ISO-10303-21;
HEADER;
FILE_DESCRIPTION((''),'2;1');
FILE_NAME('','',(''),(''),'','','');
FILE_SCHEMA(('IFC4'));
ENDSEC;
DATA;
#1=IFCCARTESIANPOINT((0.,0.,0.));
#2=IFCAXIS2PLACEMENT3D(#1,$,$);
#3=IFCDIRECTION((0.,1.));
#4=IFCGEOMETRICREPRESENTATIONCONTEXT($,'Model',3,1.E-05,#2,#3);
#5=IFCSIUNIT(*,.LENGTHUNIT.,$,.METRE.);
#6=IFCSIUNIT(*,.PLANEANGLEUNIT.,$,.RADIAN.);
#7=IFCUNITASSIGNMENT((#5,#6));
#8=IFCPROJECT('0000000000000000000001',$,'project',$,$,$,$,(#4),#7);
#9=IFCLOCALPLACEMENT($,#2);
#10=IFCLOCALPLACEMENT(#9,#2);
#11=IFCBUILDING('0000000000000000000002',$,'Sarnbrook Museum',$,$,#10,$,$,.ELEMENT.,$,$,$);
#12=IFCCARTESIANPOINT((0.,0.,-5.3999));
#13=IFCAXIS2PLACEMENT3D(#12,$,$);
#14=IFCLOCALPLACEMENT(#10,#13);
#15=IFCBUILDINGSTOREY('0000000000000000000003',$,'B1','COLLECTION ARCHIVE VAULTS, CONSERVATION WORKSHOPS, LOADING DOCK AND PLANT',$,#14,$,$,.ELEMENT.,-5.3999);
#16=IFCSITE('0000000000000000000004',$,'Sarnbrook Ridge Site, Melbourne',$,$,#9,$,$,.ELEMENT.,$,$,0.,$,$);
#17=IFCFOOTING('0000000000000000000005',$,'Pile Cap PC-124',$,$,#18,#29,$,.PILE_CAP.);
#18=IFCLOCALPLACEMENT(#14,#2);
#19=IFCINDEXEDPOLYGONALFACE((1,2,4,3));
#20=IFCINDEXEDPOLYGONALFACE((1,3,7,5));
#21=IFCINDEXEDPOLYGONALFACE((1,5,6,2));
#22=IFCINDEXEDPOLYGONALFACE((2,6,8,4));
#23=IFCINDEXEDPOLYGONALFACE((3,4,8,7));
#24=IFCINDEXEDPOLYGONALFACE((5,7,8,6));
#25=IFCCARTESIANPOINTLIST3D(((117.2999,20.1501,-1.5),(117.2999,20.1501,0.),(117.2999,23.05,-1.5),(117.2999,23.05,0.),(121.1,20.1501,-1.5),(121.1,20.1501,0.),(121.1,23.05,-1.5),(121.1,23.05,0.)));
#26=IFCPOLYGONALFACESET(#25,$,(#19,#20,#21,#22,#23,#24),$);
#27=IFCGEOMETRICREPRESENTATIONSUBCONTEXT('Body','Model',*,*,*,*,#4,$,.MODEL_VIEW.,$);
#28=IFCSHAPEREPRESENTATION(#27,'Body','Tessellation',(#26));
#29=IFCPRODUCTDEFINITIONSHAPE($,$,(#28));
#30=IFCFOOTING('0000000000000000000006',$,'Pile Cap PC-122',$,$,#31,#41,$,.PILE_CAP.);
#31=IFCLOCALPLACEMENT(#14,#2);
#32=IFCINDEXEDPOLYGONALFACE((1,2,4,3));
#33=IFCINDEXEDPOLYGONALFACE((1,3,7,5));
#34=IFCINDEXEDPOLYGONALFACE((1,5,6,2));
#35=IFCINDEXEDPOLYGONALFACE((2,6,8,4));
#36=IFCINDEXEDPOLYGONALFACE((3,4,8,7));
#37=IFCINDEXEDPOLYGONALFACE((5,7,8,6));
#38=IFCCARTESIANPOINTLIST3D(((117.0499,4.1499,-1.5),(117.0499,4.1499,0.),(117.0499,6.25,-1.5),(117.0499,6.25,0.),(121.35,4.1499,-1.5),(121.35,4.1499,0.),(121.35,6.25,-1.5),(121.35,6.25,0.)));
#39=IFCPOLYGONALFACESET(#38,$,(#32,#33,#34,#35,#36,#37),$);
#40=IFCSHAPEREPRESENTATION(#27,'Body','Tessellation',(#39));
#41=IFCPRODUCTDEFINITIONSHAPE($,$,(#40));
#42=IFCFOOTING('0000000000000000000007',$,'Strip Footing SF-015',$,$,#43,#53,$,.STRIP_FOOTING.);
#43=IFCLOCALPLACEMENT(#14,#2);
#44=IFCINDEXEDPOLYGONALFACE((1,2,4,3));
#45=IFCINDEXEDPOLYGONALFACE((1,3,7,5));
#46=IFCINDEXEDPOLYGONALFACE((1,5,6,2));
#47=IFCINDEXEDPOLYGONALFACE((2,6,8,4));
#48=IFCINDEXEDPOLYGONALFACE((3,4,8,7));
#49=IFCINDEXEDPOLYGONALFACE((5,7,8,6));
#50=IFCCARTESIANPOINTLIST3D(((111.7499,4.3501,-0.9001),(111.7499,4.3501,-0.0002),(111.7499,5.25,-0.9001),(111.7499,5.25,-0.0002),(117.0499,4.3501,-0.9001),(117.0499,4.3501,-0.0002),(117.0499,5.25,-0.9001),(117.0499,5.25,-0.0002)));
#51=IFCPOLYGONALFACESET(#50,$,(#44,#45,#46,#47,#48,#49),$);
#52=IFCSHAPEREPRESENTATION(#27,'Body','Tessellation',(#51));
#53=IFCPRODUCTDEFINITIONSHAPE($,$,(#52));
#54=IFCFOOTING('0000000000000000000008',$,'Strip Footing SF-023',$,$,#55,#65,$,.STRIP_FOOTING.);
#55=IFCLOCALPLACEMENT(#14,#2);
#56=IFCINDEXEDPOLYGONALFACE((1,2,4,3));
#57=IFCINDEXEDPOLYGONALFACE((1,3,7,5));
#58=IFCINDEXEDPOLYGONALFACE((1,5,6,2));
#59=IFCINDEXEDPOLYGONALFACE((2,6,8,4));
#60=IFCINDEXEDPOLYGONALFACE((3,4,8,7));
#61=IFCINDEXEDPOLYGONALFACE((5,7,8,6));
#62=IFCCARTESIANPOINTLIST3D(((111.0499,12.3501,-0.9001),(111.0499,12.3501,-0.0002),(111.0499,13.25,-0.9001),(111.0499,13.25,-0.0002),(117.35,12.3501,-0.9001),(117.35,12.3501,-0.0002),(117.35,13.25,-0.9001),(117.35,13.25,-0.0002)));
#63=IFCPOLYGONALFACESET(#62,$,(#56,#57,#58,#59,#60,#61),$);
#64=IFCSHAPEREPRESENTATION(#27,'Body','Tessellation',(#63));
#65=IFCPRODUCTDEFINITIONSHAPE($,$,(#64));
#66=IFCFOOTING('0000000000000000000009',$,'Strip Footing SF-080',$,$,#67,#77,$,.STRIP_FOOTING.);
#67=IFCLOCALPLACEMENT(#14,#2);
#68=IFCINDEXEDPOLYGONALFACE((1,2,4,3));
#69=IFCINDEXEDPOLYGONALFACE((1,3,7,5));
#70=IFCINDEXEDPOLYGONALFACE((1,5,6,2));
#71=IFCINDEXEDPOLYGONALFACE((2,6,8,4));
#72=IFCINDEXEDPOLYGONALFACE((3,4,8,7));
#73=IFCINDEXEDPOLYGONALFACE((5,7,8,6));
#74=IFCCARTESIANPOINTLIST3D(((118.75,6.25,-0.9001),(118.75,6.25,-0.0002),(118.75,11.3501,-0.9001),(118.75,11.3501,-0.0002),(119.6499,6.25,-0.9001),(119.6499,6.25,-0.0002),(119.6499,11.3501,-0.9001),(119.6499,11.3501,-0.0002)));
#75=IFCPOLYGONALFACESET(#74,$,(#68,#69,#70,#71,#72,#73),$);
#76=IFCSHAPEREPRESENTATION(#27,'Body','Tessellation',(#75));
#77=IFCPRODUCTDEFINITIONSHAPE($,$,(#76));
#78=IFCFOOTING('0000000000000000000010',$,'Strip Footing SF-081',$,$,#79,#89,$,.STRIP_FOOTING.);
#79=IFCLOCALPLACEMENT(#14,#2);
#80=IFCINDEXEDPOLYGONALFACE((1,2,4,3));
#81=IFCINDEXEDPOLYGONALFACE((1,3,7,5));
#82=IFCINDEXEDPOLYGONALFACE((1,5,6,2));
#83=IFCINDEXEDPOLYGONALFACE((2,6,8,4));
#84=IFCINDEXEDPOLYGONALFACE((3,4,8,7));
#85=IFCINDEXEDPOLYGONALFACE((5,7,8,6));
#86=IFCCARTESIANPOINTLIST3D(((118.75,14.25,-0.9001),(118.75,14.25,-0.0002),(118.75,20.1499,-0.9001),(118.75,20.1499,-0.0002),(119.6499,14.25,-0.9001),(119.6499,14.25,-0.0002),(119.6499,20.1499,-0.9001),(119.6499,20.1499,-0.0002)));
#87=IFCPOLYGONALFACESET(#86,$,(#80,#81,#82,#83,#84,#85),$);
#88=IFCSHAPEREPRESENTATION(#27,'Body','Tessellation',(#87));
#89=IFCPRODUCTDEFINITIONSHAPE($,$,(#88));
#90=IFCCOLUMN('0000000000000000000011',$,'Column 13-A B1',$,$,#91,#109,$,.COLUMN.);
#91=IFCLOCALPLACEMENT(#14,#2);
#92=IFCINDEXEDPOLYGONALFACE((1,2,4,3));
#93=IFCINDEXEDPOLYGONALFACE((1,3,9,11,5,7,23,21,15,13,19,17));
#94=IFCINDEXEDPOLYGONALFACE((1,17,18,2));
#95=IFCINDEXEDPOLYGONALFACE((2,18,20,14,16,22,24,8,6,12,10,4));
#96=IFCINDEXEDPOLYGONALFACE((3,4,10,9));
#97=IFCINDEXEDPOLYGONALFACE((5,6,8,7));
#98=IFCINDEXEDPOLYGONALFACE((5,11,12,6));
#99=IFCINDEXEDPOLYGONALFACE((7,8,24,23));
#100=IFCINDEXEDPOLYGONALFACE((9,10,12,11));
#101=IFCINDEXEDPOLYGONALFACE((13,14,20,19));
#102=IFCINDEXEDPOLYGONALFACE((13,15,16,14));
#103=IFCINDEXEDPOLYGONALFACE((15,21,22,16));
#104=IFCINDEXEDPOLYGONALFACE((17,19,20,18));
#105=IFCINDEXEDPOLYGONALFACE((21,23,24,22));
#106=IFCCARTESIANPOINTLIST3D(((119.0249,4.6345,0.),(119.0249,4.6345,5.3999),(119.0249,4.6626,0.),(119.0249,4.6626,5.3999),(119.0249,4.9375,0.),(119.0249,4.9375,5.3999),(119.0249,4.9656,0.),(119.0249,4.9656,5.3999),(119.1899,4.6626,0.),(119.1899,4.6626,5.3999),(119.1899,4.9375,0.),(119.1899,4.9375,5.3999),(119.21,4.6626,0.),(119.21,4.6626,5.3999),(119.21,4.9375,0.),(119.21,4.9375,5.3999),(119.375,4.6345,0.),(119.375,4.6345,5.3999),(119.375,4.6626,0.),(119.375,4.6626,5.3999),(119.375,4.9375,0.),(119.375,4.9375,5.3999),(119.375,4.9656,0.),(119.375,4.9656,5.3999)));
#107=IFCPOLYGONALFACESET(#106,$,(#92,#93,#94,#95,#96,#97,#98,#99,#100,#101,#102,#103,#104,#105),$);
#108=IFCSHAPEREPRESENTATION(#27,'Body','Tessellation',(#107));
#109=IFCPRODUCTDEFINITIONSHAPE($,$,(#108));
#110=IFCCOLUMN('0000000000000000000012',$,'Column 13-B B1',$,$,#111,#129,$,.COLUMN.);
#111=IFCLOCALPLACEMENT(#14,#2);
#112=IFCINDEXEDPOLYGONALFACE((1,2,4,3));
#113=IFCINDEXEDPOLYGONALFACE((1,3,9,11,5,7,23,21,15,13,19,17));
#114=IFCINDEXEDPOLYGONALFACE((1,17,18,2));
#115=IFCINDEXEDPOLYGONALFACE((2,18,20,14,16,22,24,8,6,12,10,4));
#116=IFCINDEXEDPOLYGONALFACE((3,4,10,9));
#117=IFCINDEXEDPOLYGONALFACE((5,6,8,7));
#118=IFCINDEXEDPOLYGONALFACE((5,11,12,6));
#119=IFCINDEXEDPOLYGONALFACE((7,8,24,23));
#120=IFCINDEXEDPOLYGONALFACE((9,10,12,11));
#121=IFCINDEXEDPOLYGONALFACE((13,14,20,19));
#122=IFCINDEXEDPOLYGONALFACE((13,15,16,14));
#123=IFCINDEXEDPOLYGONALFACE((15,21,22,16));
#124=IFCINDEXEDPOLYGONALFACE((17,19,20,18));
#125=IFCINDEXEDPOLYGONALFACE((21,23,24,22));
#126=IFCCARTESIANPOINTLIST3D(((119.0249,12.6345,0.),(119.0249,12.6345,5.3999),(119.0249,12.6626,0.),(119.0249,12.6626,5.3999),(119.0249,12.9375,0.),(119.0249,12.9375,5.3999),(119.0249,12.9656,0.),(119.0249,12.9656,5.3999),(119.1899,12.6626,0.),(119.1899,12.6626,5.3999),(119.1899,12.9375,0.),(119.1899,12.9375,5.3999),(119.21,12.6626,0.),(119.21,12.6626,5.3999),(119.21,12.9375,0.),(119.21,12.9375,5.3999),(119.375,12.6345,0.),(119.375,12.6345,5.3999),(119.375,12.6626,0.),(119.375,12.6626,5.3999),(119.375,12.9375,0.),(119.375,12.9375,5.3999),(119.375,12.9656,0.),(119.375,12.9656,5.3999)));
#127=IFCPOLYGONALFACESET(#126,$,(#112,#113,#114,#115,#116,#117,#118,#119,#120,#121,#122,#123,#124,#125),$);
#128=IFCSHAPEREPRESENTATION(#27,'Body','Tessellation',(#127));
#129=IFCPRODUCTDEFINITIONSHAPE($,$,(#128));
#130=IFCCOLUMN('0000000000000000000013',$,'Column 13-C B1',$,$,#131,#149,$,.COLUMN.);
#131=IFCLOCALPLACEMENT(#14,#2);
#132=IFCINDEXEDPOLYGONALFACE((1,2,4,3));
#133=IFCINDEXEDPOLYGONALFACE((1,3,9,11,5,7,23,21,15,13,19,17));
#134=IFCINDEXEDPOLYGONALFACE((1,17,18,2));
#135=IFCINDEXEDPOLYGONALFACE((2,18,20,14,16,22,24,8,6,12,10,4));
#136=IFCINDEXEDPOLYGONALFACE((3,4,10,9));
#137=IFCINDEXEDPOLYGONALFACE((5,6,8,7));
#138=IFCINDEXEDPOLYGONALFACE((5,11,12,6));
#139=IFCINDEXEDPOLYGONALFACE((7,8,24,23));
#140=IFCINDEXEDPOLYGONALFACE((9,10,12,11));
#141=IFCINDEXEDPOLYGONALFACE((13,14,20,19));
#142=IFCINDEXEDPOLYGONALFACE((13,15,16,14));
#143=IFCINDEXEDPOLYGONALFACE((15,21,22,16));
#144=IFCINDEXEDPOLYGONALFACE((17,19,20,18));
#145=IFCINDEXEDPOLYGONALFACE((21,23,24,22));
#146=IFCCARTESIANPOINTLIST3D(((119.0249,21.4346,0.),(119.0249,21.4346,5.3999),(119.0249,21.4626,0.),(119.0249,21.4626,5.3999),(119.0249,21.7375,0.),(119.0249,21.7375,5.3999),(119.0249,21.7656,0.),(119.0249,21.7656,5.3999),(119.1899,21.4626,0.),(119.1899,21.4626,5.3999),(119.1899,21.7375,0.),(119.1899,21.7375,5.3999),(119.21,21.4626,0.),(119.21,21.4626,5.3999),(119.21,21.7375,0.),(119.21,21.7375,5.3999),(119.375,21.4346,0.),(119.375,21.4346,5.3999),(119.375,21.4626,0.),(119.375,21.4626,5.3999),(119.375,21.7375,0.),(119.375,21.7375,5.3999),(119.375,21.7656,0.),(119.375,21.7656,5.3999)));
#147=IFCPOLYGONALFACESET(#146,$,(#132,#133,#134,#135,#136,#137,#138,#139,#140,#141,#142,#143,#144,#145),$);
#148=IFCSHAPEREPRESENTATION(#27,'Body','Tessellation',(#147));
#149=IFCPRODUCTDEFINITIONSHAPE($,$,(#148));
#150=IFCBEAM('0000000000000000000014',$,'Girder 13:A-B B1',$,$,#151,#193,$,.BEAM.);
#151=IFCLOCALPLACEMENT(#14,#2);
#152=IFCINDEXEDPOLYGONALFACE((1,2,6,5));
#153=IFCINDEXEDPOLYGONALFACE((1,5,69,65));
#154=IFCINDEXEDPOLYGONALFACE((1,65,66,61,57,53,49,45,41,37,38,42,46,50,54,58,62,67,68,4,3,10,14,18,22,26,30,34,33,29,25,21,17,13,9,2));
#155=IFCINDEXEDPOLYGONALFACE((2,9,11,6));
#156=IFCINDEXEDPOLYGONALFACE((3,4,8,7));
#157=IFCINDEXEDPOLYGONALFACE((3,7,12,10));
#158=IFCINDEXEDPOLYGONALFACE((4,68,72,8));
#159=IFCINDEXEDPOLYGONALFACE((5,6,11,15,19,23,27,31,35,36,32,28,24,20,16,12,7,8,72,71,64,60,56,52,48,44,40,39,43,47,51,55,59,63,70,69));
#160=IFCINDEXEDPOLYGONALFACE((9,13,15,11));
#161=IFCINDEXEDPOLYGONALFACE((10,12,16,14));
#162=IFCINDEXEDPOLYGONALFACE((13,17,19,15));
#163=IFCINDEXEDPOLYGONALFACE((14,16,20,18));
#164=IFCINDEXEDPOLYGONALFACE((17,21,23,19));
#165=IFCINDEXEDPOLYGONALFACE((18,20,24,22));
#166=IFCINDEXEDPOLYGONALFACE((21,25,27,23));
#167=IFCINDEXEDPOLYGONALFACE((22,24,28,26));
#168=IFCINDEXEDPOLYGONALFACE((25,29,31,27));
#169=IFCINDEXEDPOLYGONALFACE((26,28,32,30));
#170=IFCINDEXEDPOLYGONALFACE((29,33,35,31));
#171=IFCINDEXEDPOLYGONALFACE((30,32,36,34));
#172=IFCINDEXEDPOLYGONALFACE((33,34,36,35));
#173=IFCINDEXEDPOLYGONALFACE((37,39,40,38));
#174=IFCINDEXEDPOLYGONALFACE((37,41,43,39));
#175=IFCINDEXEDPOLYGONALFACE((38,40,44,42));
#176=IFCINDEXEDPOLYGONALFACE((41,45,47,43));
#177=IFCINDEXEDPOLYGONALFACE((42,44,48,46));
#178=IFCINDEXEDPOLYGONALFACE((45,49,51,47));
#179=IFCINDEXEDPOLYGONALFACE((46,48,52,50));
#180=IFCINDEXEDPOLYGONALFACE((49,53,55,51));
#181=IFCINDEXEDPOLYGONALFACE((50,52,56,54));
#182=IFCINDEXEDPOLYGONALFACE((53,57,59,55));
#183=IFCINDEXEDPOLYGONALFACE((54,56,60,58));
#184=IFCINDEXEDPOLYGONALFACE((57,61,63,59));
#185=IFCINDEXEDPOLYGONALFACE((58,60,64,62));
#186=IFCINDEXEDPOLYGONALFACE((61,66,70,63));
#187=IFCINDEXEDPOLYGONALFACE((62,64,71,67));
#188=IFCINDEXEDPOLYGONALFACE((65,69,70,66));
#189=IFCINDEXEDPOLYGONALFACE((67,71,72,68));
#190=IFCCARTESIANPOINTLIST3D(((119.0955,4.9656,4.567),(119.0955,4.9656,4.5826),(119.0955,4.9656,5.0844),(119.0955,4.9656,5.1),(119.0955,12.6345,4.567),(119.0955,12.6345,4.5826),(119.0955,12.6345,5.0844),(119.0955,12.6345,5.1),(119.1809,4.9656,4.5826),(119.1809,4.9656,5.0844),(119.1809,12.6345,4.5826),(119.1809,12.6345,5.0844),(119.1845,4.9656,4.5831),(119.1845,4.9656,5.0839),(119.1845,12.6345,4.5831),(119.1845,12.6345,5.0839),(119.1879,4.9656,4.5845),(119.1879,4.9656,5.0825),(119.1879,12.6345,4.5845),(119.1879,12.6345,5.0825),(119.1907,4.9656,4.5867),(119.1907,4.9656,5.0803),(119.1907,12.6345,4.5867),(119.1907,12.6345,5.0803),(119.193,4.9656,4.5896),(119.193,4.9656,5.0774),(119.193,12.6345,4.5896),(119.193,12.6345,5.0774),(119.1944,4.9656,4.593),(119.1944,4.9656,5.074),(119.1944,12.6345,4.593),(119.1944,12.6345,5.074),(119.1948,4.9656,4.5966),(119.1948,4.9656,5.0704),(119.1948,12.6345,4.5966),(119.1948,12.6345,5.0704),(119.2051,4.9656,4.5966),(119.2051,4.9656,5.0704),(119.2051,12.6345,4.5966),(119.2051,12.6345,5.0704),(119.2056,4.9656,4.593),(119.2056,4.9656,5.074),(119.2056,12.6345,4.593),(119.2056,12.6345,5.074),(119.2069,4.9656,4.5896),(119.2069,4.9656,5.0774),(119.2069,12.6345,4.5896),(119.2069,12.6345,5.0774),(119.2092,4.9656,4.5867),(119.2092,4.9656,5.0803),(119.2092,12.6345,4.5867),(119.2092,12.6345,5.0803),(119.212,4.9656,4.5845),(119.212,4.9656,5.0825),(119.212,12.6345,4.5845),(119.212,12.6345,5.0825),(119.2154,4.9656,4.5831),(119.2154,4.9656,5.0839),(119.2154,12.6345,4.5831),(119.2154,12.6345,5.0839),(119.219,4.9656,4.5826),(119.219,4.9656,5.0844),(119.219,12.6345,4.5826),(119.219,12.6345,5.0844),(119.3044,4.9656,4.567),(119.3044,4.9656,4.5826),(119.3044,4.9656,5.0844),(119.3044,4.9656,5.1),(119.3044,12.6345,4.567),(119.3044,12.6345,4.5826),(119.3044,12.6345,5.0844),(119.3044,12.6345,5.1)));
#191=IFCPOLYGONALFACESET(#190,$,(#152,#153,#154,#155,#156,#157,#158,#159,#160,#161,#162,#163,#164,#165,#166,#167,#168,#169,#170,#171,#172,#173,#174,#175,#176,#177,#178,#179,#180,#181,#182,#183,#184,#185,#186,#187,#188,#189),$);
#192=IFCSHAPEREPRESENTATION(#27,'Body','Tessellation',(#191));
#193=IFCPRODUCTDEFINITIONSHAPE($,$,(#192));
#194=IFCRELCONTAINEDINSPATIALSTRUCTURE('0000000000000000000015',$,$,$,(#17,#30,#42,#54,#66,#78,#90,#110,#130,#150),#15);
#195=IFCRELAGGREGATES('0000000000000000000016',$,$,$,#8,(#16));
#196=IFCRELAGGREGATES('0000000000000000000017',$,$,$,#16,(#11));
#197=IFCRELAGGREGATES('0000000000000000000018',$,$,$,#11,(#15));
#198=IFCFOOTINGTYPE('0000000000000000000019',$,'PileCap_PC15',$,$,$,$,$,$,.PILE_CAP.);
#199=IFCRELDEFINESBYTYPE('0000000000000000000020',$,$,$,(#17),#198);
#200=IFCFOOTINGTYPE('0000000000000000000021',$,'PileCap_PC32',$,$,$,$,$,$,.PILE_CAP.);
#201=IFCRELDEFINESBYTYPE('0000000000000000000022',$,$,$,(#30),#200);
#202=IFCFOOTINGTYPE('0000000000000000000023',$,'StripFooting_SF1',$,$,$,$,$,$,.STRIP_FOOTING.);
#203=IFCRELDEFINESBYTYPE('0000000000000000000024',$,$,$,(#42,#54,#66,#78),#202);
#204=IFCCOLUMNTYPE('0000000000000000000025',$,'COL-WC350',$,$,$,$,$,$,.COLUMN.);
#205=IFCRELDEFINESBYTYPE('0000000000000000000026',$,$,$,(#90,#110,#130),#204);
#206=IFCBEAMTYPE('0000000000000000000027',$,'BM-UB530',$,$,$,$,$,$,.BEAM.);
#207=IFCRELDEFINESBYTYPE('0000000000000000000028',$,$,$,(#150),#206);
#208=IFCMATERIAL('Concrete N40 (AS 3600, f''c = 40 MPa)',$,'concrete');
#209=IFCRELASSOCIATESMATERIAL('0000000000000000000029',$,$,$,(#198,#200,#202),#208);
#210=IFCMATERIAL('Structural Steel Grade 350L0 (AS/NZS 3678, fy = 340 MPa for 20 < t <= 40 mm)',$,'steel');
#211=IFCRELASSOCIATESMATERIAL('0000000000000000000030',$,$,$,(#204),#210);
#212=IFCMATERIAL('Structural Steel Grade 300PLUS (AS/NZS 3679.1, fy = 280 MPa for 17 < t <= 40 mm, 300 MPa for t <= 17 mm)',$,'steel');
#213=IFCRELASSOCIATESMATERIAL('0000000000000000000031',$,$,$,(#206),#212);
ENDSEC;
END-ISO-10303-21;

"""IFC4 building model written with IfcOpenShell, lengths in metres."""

from ifc_helpers import new_model, si_unit, direction, frame, origin, origin_2d, place, context, subcontext, project, spatial, rectangle, i_section, extrude, material, material_profile, profile_set, type_object, element, save


model = new_model("IFC4")

# Units and contexts
model_context = context("Model", 3, precision=1e-05, world=origin(), true_north=direction((0.0, 1.0)))
body_context = subcontext(model_context, "Body", "Model", "MODEL_VIEW")
ifc_project = project(units=[si_unit("LENGTHUNIT", "METRE"), si_unit("PLANEANGLEUNIT", "RADIAN")], contexts=[model_context])

# Site, building, storey
site_placement = place(None, origin())
site = spatial("IfcSite", under=ifc_project, at=site_placement, Name="Sarnbrook Ridge Site, Melbourne", CompositionType="ELEMENT", RefElevation=0.0)
building_placement = place(site_placement, origin())
building = spatial("IfcBuilding", under=site, at=building_placement, Name="Sarnbrook Museum", CompositionType="ELEMENT")
storey_placement = place(building_placement, frame((0.0, 0.0, -5.3999)))
storey = spatial("IfcBuildingStorey", under=building, at=storey_placement, Name="B1", Description="COLLECTION ARCHIVE VAULTS, CONSERVATION WORKSHOPS, LOADING DOCK AND PLANT", CompositionType="ELEMENT", Elevation=-5.3999)

# Footings
ifc_material_1 = material(Name="Concrete N40 (AS 3600, f'c = 40 MPa)", Category="concrete")
footing_type_1 = type_object("IfcFootingType", Name="PileCap_PC15", PredefinedType="PILE_CAP", material=ifc_material_1)
footing_1_placement = place(storey_placement, frame((119.2, 21.6001, -1.5), z_axis=(0.0, 0.0, 1.0), x_axis=(1.0, 0.0, 0.0)))
element("IfcFooting", 1, at=footing_1_placement, inside=storey, type_object=footing_type_1, Name="Pile Cap PC-124", PredefinedType="PILE_CAP", context=body_context, shape_type="SweptSolid", body=[
    extrude(rectangle(XDim=3.8, YDim=2.8999, at=origin_2d()), origin(), (0.0, 0.0, 1.0), 1.5),
])
footing_type_2 = type_object("IfcFootingType", Name="PileCap_PC32", PredefinedType="PILE_CAP", material=ifc_material_1)
footing_2_placement = place(storey_placement, frame((119.2, 5.2, -1.5), z_axis=(0.0, 0.0, 1.0), x_axis=(1.0, 0.0, 0.0)))
element("IfcFooting", 2, at=footing_2_placement, inside=storey, type_object=footing_type_2, Name="Pile Cap PC-122", PredefinedType="PILE_CAP", context=body_context, shape_type="SweptSolid", body=[
    extrude(rectangle(XDim=4.3, YDim=2.1001, at=origin_2d()), origin(), (0.0, 0.0, 1.0), 1.5),
])
footing_type_3 = type_object("IfcFootingType", Name="StripFooting_SF1", PredefinedType="STRIP_FOOTING", material=ifc_material_1)
footing_3_placement = place(storey_placement, frame((114.3999, 4.8, -0.9001), z_axis=(0.0, 0.0, 1.0), x_axis=(1.0, 0.0, 0.0)))
element("IfcFooting", 3, at=footing_3_placement, inside=storey, type_object=footing_type_3, Name="Strip Footing SF-015", PredefinedType="STRIP_FOOTING", context=body_context, shape_type="SweptSolid", body=[
    extrude(rectangle(XDim=5.3, YDim=0.8999, at=origin_2d()), origin(), (0.0, 0.0, 1.0), 0.8999),
])
footing_4_placement = place(storey_placement, frame((114.2, 12.8, -0.9001), z_axis=(0.0, 0.0, 1.0), x_axis=(1.0, 0.0, 0.0)))
element("IfcFooting", 4, at=footing_4_placement, inside=storey, type_object=footing_type_3, Name="Strip Footing SF-023", PredefinedType="STRIP_FOOTING", context=body_context, shape_type="SweptSolid", body=[
    extrude(rectangle(XDim=6.3, YDim=0.8999, at=origin_2d()), origin(), (0.0, 0.0, 1.0), 0.8999),
])
footing_5_placement = place(storey_placement, frame((119.2, 8.8, -0.9001), z_axis=(0.0, 0.0, 1.0), x_axis=(1.0, 0.0, 0.0)))
element("IfcFooting", 5, at=footing_5_placement, inside=storey, type_object=footing_type_3, Name="Strip Footing SF-080", PredefinedType="STRIP_FOOTING", context=body_context, shape_type="SweptSolid", body=[
    extrude(rectangle(XDim=0.8999, YDim=5.1001, at=origin_2d()), origin(), (0.0, 0.0, 1.0), 0.8999),
])
footing_6_placement = place(storey_placement, frame((119.2, 17.2, -0.9001), z_axis=(0.0, 0.0, 1.0), x_axis=(1.0, 0.0, 0.0)))
element("IfcFooting", 6, at=footing_6_placement, inside=storey, type_object=footing_type_3, Name="Strip Footing SF-081", PredefinedType="STRIP_FOOTING", context=body_context, shape_type="SweptSolid", body=[
    extrude(rectangle(XDim=0.8999, YDim=5.8999, at=origin_2d()), origin(), (0.0, 0.0, 1.0), 0.8999),
])

# Columns
ifc_material_2 = material(Name="Structural Steel Grade 350L0 (AS/NZS 3678, fy = 340 MPa for 20 < t <= 40 mm)", Category="steel")
ifc_material_profile_1 = material_profile(ifc_material_2, i_section(OverallWidth=0.3501, OverallDepth=0.3311, WebThickness=0.02, FlangeThickness=0.0281, at=origin_2d()), Name="350WC197")
ifc_profile_set_1 = profile_set([ifc_material_profile_1], Name="Structural Steel Grade 350L0 (AS/NZS 3678, fy = 340 MPa for 20 < t <= 40 mm)")
column_type = type_object("IfcColumnType", Name="COL-WC350", PredefinedType="COLUMN", material=ifc_profile_set_1)
for number, where, z_axis, x_axis, name in (
    (7, (119.2, 4.8, 0.0), (0.0, 0.0, 1.0), (1.0, 0.0, 0.0), "Column 13-A B1"),
    (8, (119.2, 12.8, 0.0), (0.0, 0.0, 1.0), (1.0, 0.0, 0.0), "Column 13-B B1"),
    (9, (119.2, 21.6001, 0.0), (0.0, 0.0, 1.0), (1.0, 0.0, 0.0), "Column 13-C B1"),
):
    element("IfcColumn", number, at=place(storey_placement, frame(where, z_axis=z_axis, x_axis=x_axis)), inside=storey, type_object=column_type, Name=name, PredefinedType="COLUMN", context=body_context, shape_type="SweptSolid", body=[
        extrude(i_section(OverallWidth=0.3501, OverallDepth=0.3311, WebThickness=0.02, FlangeThickness=0.0281, at=origin_2d()), origin(), (0.0, 0.0, 1.0), 5.3999),
    ])

# Beam
ifc_material_3 = material(Name="Structural Steel Grade 300PLUS (AS/NZS 3679.1, fy = 280 MPa for 17 < t <= 40 mm, 300 MPa for t <= 17 mm)", Category="steel")
ifc_material_profile_2 = material_profile(ifc_material_3, i_section(OverallWidth=0.209, OverallDepth=0.533, WebThickness=0.0103, FlangeThickness=0.0156, FilletRadius=0.0139, at=origin_2d()), Name="530UB92.4")
ifc_profile_set_2 = profile_set([ifc_material_profile_2], Name="Structural Steel Grade 300PLUS (AS/NZS 3679.1, fy = 280 MPa for 17 < t <= 40 mm, 300 MPa for t <= 17 mm)")
beam_type_1 = type_object("IfcBeamType", Name="BM-UB530", PredefinedType="BEAM", material=ifc_profile_set_2)
beam_1_placement = place(storey_placement, frame((119.2, 4.9656, 4.8335), z_axis=(0.0, 1.0, 0.0), x_axis=(-1.0, 0.0, 0.0)))
element("IfcBeam", 10, at=beam_1_placement, inside=storey, type_object=beam_type_1, Name="Girder 13:A-B B1", PredefinedType="BEAM", context=body_context, shape_type="SweptSolid", body=[
    extrude(i_section(OverallWidth=0.209, OverallDepth=0.533, WebThickness=0.0103, FlangeThickness=0.0156, FilletRadius=0.0139, at=origin_2d()), origin(), (0.0, 0.0, 1.0), 7.6689),
])

save(model, "model.ifc")
